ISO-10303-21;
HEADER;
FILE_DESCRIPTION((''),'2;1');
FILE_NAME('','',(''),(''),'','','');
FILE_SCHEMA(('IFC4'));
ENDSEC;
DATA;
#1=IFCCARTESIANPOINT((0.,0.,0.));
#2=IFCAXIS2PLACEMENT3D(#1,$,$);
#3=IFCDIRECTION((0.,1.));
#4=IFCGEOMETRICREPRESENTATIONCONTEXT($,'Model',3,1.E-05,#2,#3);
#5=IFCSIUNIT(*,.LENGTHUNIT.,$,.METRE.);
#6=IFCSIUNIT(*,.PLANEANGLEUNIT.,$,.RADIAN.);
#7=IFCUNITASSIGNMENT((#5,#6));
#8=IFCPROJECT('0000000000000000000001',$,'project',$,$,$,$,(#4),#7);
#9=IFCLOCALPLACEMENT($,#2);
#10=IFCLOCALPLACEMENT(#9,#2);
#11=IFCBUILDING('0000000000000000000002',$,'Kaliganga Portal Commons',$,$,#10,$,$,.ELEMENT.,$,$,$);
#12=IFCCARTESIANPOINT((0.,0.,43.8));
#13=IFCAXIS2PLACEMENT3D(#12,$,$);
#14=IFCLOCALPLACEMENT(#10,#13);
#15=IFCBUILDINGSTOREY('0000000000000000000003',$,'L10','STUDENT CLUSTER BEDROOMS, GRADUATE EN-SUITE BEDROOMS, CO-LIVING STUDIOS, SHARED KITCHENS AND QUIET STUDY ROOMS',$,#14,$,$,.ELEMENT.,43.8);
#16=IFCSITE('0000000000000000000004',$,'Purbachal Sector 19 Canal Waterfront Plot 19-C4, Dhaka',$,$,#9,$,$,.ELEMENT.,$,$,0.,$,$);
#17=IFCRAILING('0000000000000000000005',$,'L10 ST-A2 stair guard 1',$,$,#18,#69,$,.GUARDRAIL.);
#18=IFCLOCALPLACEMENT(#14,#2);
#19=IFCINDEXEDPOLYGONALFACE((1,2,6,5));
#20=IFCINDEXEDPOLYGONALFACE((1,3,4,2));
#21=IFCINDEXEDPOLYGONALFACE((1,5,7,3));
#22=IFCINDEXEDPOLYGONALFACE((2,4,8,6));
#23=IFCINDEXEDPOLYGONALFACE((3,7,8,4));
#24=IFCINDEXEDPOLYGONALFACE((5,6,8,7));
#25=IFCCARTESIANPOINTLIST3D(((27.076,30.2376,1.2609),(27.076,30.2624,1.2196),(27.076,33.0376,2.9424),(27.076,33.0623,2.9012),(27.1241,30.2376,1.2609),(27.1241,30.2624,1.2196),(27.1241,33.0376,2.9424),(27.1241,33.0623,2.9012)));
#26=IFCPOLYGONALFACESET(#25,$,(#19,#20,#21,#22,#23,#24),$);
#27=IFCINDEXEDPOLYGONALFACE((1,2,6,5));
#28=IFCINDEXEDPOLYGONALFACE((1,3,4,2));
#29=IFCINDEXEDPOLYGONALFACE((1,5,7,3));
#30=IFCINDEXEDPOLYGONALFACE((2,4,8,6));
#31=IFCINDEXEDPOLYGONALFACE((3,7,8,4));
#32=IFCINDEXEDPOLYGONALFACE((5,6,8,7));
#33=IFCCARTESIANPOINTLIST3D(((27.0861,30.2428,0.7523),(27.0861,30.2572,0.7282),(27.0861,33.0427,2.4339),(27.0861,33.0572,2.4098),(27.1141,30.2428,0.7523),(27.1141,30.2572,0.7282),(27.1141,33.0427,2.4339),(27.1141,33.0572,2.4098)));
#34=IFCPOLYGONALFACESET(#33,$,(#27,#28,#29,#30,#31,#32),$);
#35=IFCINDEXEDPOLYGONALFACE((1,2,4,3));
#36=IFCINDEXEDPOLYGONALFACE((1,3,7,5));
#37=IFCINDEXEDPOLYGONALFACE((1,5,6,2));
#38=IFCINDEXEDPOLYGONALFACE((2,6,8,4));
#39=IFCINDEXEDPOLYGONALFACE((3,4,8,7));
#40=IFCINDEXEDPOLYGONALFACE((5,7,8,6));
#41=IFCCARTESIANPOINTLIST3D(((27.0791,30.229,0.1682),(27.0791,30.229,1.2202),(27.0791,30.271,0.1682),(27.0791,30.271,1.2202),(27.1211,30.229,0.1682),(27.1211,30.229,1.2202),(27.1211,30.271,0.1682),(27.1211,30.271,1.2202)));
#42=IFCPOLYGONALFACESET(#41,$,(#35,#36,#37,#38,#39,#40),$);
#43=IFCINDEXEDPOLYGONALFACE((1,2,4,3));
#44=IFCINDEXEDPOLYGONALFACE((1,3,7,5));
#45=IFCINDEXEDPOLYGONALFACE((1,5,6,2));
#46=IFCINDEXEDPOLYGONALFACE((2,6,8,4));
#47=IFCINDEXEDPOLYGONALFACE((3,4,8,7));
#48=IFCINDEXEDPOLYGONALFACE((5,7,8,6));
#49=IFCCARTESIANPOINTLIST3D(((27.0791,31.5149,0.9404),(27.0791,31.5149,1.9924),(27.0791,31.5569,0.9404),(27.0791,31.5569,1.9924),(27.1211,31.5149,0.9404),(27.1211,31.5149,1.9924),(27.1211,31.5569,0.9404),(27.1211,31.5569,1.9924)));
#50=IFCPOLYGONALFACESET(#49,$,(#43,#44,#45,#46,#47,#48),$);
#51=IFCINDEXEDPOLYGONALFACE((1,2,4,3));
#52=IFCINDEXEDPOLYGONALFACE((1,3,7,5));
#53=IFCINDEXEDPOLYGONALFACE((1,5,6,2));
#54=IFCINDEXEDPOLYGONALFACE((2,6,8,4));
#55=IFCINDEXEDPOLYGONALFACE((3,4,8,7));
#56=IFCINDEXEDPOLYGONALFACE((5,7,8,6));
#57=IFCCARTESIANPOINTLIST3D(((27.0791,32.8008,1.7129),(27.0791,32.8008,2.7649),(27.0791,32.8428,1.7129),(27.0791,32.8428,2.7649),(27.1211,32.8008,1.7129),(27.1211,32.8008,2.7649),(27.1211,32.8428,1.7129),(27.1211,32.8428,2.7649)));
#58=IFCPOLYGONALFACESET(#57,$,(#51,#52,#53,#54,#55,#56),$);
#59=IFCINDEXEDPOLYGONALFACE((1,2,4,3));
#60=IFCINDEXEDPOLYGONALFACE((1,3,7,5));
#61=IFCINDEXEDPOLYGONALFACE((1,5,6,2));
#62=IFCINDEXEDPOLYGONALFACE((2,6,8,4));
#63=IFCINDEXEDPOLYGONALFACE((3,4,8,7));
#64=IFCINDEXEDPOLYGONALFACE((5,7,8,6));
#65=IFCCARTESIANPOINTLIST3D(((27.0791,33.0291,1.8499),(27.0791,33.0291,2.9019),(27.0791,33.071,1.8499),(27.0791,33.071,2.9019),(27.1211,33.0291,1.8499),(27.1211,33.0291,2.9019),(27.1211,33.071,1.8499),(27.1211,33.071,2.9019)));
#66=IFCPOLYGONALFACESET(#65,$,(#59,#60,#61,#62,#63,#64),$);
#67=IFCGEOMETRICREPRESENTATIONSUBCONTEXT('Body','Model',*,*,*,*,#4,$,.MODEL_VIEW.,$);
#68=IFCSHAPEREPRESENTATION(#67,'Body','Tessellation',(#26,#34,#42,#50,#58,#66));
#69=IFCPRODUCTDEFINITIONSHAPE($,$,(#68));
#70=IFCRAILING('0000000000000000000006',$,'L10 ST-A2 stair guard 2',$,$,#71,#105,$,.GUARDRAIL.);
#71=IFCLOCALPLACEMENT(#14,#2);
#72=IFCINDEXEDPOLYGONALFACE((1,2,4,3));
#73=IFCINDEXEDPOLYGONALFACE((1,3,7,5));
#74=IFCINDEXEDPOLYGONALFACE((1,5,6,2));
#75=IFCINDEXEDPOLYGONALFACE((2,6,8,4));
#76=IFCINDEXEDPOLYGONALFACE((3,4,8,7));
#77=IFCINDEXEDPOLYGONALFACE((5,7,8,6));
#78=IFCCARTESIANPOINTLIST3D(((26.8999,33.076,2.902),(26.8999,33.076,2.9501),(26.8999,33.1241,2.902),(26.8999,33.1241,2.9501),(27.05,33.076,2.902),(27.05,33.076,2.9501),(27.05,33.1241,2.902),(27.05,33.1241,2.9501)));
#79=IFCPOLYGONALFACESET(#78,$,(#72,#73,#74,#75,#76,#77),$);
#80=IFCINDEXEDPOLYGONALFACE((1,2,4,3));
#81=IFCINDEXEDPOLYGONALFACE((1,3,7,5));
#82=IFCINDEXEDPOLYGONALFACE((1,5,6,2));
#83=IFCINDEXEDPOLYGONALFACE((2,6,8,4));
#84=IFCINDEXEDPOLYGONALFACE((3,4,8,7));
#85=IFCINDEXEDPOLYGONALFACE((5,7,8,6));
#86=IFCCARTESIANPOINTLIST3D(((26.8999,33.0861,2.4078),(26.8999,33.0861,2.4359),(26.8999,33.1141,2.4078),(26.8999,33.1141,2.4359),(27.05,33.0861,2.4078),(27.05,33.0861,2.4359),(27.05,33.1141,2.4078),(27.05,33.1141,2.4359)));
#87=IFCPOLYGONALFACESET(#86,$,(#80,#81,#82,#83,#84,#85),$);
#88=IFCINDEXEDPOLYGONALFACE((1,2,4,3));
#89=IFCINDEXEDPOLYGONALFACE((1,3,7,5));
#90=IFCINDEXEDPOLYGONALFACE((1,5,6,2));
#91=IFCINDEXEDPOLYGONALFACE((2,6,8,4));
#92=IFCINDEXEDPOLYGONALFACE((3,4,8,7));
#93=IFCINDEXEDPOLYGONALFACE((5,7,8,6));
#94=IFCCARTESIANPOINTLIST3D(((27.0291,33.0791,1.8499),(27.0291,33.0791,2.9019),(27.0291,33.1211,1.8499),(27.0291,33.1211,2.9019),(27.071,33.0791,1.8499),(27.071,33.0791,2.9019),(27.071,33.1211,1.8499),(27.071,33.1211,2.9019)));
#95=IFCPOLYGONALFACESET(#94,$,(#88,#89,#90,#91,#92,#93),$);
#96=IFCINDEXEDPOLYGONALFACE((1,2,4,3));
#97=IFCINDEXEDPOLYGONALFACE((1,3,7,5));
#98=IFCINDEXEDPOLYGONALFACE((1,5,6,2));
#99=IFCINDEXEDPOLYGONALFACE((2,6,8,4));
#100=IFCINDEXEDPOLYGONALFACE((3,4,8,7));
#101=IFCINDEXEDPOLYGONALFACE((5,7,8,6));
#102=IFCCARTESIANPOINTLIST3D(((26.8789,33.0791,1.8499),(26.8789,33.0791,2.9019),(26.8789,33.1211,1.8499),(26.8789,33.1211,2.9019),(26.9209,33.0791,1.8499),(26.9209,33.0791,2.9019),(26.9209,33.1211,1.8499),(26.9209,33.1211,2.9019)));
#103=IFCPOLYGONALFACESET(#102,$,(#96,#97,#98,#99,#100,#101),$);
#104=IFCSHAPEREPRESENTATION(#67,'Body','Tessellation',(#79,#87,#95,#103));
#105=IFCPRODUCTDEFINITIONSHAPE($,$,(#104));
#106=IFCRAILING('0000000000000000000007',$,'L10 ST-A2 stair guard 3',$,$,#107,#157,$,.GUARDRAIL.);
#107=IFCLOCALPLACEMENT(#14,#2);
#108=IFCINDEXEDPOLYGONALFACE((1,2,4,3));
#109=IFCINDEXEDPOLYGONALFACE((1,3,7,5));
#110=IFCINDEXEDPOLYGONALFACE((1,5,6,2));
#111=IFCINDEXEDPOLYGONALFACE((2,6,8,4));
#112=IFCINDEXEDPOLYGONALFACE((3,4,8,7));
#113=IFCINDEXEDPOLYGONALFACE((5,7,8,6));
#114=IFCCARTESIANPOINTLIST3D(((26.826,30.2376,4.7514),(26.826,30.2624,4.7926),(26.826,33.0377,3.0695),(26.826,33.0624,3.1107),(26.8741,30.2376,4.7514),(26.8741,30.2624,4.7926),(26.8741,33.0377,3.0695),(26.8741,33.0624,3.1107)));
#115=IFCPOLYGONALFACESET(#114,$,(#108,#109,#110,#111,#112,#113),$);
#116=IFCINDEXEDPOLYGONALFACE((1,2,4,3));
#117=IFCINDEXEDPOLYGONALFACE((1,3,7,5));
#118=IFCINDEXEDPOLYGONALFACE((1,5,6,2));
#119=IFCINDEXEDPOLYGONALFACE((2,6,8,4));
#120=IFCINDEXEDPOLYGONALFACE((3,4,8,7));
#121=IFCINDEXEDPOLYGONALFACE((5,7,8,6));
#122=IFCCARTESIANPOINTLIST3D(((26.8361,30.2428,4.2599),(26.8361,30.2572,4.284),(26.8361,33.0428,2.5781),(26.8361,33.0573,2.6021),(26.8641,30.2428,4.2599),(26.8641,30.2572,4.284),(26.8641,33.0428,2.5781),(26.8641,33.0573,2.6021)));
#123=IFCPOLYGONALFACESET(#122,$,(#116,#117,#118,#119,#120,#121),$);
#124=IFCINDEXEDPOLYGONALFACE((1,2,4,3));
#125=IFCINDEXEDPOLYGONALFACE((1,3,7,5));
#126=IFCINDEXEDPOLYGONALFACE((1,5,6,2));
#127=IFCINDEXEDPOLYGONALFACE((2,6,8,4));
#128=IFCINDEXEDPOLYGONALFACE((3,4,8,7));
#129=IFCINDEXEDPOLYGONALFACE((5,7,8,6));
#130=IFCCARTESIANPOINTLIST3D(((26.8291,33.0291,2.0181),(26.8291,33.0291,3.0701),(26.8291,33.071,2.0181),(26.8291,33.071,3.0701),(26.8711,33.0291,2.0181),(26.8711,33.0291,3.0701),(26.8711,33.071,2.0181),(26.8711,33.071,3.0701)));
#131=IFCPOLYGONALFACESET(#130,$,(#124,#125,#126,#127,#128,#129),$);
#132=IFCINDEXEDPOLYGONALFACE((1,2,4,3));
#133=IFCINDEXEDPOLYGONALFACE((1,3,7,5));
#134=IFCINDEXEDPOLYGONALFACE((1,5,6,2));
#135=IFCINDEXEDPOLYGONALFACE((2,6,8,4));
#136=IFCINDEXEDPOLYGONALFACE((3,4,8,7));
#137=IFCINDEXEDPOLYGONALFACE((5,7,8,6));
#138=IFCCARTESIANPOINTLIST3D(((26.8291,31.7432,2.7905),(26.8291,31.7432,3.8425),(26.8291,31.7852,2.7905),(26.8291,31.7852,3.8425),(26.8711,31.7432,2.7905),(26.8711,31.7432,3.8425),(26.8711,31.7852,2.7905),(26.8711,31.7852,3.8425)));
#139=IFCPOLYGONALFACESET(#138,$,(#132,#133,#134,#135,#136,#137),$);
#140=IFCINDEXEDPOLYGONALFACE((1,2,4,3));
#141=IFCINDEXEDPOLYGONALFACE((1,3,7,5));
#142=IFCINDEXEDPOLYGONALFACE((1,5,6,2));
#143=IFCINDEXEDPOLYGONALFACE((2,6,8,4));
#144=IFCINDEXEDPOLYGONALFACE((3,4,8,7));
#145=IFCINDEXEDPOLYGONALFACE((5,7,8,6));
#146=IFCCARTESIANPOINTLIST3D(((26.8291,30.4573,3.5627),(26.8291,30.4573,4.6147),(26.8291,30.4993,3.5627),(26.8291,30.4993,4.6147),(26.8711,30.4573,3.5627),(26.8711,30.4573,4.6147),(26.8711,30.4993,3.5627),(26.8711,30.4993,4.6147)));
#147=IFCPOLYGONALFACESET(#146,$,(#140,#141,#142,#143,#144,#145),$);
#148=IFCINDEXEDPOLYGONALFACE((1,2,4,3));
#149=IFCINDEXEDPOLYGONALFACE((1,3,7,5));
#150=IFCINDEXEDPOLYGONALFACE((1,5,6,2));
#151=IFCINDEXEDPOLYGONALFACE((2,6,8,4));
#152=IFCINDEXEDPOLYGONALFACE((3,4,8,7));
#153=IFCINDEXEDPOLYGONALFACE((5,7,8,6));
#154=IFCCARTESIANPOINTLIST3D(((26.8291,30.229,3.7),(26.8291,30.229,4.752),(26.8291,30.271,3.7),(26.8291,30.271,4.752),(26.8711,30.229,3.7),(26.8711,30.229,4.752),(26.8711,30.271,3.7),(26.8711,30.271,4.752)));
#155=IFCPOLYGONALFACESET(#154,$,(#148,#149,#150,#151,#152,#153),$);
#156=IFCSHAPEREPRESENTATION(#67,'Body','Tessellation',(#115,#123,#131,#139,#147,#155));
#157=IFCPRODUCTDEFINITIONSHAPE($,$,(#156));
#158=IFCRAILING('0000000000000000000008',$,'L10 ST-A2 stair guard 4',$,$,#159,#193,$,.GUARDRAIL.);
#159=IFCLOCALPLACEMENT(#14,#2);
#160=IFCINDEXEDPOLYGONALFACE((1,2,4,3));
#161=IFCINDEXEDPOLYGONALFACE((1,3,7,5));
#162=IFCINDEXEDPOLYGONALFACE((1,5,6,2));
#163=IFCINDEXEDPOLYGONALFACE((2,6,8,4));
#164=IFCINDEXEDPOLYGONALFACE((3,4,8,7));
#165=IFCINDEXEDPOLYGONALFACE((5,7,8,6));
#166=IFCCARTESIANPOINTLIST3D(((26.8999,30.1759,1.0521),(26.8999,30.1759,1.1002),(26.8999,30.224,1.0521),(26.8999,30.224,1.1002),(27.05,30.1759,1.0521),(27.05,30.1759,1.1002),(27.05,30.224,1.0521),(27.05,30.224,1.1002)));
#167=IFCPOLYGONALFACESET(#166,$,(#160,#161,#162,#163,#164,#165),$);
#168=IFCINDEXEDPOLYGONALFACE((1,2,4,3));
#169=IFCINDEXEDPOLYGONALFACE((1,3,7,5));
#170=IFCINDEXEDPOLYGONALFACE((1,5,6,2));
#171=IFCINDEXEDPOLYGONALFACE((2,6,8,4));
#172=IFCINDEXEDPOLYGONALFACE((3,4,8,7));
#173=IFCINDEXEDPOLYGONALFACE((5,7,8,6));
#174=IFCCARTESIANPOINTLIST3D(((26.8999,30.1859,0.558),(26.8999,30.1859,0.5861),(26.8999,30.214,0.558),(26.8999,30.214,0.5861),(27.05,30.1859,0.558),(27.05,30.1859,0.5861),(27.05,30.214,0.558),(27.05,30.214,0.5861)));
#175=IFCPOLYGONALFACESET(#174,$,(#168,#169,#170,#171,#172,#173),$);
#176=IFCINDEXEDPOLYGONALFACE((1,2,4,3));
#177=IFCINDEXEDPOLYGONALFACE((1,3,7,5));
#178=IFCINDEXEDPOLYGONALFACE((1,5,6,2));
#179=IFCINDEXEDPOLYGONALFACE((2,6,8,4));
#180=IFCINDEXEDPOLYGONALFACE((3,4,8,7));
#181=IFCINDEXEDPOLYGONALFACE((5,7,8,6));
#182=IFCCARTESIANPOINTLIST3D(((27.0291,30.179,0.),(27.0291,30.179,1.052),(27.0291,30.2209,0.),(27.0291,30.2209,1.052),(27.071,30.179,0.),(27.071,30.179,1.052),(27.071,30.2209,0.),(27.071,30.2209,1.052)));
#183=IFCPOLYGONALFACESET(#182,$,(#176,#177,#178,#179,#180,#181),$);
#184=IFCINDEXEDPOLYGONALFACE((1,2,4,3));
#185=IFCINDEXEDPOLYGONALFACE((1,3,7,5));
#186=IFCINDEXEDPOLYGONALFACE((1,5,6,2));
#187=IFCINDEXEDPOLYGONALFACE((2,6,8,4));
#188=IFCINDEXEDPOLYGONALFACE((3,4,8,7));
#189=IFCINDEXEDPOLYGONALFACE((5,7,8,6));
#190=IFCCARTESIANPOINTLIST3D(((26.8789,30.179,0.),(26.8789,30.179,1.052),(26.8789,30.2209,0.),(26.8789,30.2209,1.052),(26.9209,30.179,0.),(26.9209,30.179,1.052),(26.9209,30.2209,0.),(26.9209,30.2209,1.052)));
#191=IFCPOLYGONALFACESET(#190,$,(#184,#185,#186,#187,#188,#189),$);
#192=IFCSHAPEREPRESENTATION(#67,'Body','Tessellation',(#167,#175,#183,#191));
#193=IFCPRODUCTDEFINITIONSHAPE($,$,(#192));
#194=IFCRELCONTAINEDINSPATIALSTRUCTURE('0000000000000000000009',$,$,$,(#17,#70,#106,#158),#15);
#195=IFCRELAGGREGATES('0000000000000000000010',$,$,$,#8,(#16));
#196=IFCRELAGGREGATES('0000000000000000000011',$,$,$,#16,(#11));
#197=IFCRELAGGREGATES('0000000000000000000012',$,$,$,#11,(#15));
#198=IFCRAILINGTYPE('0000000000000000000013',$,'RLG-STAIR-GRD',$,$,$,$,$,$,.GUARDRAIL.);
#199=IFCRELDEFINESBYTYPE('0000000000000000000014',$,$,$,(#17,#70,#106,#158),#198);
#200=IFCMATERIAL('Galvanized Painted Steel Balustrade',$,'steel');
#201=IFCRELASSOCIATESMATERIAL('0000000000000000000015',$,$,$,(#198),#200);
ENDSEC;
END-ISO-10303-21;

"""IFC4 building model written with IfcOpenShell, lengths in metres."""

from ifc_helpers import new_model, si_unit, direction, frame, origin, origin_2d, place, context, subcontext, project, spatial, rectangle, extrude, material, type_object, element, save


model = new_model("IFC4")

# Units and contexts
model_context = context("Model", 3, precision=1e-05, world=origin(), true_north=direction((0.0, 1.0)))
body_context = subcontext(model_context, "Body", "Model", "MODEL_VIEW")
ifc_project = project(units=[si_unit("LENGTHUNIT", "METRE"), si_unit("PLANEANGLEUNIT", "RADIAN")], contexts=[model_context])

# Site, building, storey
site_placement = place(None, origin())
site = spatial("IfcSite", under=ifc_project, at=site_placement, Name="Purbachal Sector 19 Canal Waterfront Plot 19-C4, Dhaka", CompositionType="ELEMENT", RefElevation=0.0)
building_placement = place(site_placement, origin())
building = spatial("IfcBuilding", under=site, at=building_placement, Name="Kaliganga Portal Commons", CompositionType="ELEMENT")
storey_placement = place(building_placement, frame((0.0, 0.0, 43.8)))
storey = spatial("IfcBuildingStorey", under=building, at=storey_placement, Name="L10", Description="STUDENT CLUSTER BEDROOMS, GRADUATE EN-SUITE BEDROOMS, CO-LIVING STUDIOS, SHARED KITCHENS AND QUIET STUDY ROOMS", CompositionType="ELEMENT", Elevation=43.8)

# Railings
ifc_material_1 = material(Name="Galvanized Painted Steel Balustrade", Category="steel")
railing_type_1 = type_object("IfcRailingType", Name="RLG-STAIR-GRD", PredefinedType="GUARDRAIL", material=ifc_material_1)
railing_1_placement = place(storey_placement, frame((27.1001, 30.25, 0.1682)))
element("IfcRailing", 1, at=railing_1_placement, inside=storey, type_object=railing_type_1, Name="L10 ST-A2 stair guard 1", PredefinedType="GUARDRAIL", context=body_context, shape_type="SweptSolid", body=[
    extrude(rectangle(XDim=0.0481, YDim=0.0481, at=origin_2d()), frame((0.0, 0.0, 1.072), z_axis=(0.0, 0.857275, 0.514858), x_axis=(-1.0, 0.0, 0.0)), (0.0, 0.0, 1.0), 3.2661),
    extrude(rectangle(XDim=0.0281, YDim=0.0281, at=origin_2d()), frame((0.0, 0.0, 0.572), z_axis=(0.0, 0.857275, 0.514858), x_axis=(-1.0, 0.0, 0.0)), (0.0, 0.0, 1.0), 3.2661),
    extrude(rectangle(XDim=0.042, YDim=0.042, at=origin_2d()), origin(), (0.0, 0.0, 1.0), 1.052),
    extrude(rectangle(XDim=0.042, YDim=0.042, at=origin_2d()), frame((0.0, 1.2859, 0.7722)), (0.0, 0.0, 1.0), 1.052),
    extrude(rectangle(XDim=0.042, YDim=0.042, at=origin_2d()), frame((0.0, 2.5718, 1.5447)), (0.0, 0.0, 1.0), 1.052),
    extrude(rectangle(XDim=0.042, YDim=0.042, at=origin_2d()), frame((0.0, 2.8, 1.6816)), (0.0, 0.0, 1.0), 1.052),
])
railing_2_placement = place(storey_placement, frame((27.05, 33.1001, 1.8499)))
element("IfcRailing", 2, at=railing_2_placement, inside=storey, type_object=railing_type_1, Name="L10 ST-A2 stair guard 2", PredefinedType="GUARDRAIL", context=body_context, shape_type="SweptSolid", body=[
    extrude(rectangle(XDim=0.0481, YDim=0.0481, at=origin_2d()), frame((0.0, 0.0, 1.0762), z_axis=(-1.0, 0.0, 0.0), x_axis=(0.0, -1.0, 0.0)), (0.0, 0.0, 1.0), 0.1501),
    extrude(rectangle(XDim=0.0281, YDim=0.0281, at=origin_2d()), frame((0.0, 0.0, 0.572), z_axis=(-1.0, 0.0, 0.0), x_axis=(0.0, -1.0, 0.0)), (0.0, 0.0, 1.0), 0.1501),
    extrude(rectangle(XDim=0.042, YDim=0.042, at=origin_2d()), origin(), (0.0, 0.0, 1.0), 1.052),
    extrude(rectangle(XDim=0.042, YDim=0.042, at=origin_2d()), frame((-0.1501, 0.0, 0.0)), (0.0, 0.0, 1.0), 1.052),
])
railing_3_placement = place(storey_placement, frame((26.8501, 33.05, 2.0181)))
element("IfcRailing", 3, at=railing_3_placement, inside=storey, type_object=railing_type_1, Name="L10 ST-A2 stair guard 3", PredefinedType="GUARDRAIL", context=body_context, shape_type="SweptSolid", body=[
    extrude(rectangle(XDim=0.0481, YDim=0.0481, at=origin_2d()), frame((0.0, 0.0, 1.072), z_axis=(0.0, -0.857242, 0.514913), x_axis=(1.0, 0.0, 0.0)), (0.0, 0.0, 1.0), 3.2664),
    extrude(rectangle(XDim=0.0281, YDim=0.0281, at=origin_2d()), frame((0.0, 0.0, 0.572), z_axis=(0.0, -0.857242, 0.514913), x_axis=(1.0, 0.0, 0.0)), (0.0, 0.0, 1.0), 3.2664),
    extrude(rectangle(XDim=0.042, YDim=0.042, at=origin_2d()), origin(), (0.0, 0.0, 1.0), 1.052),
    extrude(rectangle(XDim=0.042, YDim=0.042, at=origin_2d()), frame((0.0, -1.2859, 0.7725)), (0.0, 0.0, 1.0), 1.052),
    extrude(rectangle(XDim=0.042, YDim=0.042, at=origin_2d()), frame((0.0, -2.5718, 1.5447)), (0.0, 0.0, 1.0), 1.052),
    extrude(rectangle(XDim=0.042, YDim=0.042, at=origin_2d()), frame((0.0, -2.8, 1.6819)), (0.0, 0.0, 1.0), 1.052),
])
railing_4_placement = place(storey_placement, frame((27.05, 30.2, 0.0)))
element("IfcRailing", 4, at=railing_4_placement, inside=storey, type_object=railing_type_1, Name="L10 ST-A2 stair guard 4", PredefinedType="GUARDRAIL", context=body_context, shape_type="SweptSolid", body=[
    extrude(rectangle(XDim=0.0481, YDim=0.0481, at=origin_2d()), frame((0.0, 0.0, 1.0762), z_axis=(-1.0, 0.0, 0.0), x_axis=(0.0, -1.0, 0.0)), (0.0, 0.0, 1.0), 0.1501),
    extrude(rectangle(XDim=0.0281, YDim=0.0281, at=origin_2d()), frame((0.0, 0.0, 0.572), z_axis=(-1.0, 0.0, 0.0), x_axis=(0.0, -1.0, 0.0)), (0.0, 0.0, 1.0), 0.1501),
    extrude(rectangle(XDim=0.042, YDim=0.042, at=origin_2d()), origin(), (0.0, 0.0, 1.0), 1.052),
    extrude(rectangle(XDim=0.042, YDim=0.042, at=origin_2d()), frame((-0.1501, 0.0, 0.0)), (0.0, 0.0, 1.0), 1.052),
])

save(model, "model.ifc")
